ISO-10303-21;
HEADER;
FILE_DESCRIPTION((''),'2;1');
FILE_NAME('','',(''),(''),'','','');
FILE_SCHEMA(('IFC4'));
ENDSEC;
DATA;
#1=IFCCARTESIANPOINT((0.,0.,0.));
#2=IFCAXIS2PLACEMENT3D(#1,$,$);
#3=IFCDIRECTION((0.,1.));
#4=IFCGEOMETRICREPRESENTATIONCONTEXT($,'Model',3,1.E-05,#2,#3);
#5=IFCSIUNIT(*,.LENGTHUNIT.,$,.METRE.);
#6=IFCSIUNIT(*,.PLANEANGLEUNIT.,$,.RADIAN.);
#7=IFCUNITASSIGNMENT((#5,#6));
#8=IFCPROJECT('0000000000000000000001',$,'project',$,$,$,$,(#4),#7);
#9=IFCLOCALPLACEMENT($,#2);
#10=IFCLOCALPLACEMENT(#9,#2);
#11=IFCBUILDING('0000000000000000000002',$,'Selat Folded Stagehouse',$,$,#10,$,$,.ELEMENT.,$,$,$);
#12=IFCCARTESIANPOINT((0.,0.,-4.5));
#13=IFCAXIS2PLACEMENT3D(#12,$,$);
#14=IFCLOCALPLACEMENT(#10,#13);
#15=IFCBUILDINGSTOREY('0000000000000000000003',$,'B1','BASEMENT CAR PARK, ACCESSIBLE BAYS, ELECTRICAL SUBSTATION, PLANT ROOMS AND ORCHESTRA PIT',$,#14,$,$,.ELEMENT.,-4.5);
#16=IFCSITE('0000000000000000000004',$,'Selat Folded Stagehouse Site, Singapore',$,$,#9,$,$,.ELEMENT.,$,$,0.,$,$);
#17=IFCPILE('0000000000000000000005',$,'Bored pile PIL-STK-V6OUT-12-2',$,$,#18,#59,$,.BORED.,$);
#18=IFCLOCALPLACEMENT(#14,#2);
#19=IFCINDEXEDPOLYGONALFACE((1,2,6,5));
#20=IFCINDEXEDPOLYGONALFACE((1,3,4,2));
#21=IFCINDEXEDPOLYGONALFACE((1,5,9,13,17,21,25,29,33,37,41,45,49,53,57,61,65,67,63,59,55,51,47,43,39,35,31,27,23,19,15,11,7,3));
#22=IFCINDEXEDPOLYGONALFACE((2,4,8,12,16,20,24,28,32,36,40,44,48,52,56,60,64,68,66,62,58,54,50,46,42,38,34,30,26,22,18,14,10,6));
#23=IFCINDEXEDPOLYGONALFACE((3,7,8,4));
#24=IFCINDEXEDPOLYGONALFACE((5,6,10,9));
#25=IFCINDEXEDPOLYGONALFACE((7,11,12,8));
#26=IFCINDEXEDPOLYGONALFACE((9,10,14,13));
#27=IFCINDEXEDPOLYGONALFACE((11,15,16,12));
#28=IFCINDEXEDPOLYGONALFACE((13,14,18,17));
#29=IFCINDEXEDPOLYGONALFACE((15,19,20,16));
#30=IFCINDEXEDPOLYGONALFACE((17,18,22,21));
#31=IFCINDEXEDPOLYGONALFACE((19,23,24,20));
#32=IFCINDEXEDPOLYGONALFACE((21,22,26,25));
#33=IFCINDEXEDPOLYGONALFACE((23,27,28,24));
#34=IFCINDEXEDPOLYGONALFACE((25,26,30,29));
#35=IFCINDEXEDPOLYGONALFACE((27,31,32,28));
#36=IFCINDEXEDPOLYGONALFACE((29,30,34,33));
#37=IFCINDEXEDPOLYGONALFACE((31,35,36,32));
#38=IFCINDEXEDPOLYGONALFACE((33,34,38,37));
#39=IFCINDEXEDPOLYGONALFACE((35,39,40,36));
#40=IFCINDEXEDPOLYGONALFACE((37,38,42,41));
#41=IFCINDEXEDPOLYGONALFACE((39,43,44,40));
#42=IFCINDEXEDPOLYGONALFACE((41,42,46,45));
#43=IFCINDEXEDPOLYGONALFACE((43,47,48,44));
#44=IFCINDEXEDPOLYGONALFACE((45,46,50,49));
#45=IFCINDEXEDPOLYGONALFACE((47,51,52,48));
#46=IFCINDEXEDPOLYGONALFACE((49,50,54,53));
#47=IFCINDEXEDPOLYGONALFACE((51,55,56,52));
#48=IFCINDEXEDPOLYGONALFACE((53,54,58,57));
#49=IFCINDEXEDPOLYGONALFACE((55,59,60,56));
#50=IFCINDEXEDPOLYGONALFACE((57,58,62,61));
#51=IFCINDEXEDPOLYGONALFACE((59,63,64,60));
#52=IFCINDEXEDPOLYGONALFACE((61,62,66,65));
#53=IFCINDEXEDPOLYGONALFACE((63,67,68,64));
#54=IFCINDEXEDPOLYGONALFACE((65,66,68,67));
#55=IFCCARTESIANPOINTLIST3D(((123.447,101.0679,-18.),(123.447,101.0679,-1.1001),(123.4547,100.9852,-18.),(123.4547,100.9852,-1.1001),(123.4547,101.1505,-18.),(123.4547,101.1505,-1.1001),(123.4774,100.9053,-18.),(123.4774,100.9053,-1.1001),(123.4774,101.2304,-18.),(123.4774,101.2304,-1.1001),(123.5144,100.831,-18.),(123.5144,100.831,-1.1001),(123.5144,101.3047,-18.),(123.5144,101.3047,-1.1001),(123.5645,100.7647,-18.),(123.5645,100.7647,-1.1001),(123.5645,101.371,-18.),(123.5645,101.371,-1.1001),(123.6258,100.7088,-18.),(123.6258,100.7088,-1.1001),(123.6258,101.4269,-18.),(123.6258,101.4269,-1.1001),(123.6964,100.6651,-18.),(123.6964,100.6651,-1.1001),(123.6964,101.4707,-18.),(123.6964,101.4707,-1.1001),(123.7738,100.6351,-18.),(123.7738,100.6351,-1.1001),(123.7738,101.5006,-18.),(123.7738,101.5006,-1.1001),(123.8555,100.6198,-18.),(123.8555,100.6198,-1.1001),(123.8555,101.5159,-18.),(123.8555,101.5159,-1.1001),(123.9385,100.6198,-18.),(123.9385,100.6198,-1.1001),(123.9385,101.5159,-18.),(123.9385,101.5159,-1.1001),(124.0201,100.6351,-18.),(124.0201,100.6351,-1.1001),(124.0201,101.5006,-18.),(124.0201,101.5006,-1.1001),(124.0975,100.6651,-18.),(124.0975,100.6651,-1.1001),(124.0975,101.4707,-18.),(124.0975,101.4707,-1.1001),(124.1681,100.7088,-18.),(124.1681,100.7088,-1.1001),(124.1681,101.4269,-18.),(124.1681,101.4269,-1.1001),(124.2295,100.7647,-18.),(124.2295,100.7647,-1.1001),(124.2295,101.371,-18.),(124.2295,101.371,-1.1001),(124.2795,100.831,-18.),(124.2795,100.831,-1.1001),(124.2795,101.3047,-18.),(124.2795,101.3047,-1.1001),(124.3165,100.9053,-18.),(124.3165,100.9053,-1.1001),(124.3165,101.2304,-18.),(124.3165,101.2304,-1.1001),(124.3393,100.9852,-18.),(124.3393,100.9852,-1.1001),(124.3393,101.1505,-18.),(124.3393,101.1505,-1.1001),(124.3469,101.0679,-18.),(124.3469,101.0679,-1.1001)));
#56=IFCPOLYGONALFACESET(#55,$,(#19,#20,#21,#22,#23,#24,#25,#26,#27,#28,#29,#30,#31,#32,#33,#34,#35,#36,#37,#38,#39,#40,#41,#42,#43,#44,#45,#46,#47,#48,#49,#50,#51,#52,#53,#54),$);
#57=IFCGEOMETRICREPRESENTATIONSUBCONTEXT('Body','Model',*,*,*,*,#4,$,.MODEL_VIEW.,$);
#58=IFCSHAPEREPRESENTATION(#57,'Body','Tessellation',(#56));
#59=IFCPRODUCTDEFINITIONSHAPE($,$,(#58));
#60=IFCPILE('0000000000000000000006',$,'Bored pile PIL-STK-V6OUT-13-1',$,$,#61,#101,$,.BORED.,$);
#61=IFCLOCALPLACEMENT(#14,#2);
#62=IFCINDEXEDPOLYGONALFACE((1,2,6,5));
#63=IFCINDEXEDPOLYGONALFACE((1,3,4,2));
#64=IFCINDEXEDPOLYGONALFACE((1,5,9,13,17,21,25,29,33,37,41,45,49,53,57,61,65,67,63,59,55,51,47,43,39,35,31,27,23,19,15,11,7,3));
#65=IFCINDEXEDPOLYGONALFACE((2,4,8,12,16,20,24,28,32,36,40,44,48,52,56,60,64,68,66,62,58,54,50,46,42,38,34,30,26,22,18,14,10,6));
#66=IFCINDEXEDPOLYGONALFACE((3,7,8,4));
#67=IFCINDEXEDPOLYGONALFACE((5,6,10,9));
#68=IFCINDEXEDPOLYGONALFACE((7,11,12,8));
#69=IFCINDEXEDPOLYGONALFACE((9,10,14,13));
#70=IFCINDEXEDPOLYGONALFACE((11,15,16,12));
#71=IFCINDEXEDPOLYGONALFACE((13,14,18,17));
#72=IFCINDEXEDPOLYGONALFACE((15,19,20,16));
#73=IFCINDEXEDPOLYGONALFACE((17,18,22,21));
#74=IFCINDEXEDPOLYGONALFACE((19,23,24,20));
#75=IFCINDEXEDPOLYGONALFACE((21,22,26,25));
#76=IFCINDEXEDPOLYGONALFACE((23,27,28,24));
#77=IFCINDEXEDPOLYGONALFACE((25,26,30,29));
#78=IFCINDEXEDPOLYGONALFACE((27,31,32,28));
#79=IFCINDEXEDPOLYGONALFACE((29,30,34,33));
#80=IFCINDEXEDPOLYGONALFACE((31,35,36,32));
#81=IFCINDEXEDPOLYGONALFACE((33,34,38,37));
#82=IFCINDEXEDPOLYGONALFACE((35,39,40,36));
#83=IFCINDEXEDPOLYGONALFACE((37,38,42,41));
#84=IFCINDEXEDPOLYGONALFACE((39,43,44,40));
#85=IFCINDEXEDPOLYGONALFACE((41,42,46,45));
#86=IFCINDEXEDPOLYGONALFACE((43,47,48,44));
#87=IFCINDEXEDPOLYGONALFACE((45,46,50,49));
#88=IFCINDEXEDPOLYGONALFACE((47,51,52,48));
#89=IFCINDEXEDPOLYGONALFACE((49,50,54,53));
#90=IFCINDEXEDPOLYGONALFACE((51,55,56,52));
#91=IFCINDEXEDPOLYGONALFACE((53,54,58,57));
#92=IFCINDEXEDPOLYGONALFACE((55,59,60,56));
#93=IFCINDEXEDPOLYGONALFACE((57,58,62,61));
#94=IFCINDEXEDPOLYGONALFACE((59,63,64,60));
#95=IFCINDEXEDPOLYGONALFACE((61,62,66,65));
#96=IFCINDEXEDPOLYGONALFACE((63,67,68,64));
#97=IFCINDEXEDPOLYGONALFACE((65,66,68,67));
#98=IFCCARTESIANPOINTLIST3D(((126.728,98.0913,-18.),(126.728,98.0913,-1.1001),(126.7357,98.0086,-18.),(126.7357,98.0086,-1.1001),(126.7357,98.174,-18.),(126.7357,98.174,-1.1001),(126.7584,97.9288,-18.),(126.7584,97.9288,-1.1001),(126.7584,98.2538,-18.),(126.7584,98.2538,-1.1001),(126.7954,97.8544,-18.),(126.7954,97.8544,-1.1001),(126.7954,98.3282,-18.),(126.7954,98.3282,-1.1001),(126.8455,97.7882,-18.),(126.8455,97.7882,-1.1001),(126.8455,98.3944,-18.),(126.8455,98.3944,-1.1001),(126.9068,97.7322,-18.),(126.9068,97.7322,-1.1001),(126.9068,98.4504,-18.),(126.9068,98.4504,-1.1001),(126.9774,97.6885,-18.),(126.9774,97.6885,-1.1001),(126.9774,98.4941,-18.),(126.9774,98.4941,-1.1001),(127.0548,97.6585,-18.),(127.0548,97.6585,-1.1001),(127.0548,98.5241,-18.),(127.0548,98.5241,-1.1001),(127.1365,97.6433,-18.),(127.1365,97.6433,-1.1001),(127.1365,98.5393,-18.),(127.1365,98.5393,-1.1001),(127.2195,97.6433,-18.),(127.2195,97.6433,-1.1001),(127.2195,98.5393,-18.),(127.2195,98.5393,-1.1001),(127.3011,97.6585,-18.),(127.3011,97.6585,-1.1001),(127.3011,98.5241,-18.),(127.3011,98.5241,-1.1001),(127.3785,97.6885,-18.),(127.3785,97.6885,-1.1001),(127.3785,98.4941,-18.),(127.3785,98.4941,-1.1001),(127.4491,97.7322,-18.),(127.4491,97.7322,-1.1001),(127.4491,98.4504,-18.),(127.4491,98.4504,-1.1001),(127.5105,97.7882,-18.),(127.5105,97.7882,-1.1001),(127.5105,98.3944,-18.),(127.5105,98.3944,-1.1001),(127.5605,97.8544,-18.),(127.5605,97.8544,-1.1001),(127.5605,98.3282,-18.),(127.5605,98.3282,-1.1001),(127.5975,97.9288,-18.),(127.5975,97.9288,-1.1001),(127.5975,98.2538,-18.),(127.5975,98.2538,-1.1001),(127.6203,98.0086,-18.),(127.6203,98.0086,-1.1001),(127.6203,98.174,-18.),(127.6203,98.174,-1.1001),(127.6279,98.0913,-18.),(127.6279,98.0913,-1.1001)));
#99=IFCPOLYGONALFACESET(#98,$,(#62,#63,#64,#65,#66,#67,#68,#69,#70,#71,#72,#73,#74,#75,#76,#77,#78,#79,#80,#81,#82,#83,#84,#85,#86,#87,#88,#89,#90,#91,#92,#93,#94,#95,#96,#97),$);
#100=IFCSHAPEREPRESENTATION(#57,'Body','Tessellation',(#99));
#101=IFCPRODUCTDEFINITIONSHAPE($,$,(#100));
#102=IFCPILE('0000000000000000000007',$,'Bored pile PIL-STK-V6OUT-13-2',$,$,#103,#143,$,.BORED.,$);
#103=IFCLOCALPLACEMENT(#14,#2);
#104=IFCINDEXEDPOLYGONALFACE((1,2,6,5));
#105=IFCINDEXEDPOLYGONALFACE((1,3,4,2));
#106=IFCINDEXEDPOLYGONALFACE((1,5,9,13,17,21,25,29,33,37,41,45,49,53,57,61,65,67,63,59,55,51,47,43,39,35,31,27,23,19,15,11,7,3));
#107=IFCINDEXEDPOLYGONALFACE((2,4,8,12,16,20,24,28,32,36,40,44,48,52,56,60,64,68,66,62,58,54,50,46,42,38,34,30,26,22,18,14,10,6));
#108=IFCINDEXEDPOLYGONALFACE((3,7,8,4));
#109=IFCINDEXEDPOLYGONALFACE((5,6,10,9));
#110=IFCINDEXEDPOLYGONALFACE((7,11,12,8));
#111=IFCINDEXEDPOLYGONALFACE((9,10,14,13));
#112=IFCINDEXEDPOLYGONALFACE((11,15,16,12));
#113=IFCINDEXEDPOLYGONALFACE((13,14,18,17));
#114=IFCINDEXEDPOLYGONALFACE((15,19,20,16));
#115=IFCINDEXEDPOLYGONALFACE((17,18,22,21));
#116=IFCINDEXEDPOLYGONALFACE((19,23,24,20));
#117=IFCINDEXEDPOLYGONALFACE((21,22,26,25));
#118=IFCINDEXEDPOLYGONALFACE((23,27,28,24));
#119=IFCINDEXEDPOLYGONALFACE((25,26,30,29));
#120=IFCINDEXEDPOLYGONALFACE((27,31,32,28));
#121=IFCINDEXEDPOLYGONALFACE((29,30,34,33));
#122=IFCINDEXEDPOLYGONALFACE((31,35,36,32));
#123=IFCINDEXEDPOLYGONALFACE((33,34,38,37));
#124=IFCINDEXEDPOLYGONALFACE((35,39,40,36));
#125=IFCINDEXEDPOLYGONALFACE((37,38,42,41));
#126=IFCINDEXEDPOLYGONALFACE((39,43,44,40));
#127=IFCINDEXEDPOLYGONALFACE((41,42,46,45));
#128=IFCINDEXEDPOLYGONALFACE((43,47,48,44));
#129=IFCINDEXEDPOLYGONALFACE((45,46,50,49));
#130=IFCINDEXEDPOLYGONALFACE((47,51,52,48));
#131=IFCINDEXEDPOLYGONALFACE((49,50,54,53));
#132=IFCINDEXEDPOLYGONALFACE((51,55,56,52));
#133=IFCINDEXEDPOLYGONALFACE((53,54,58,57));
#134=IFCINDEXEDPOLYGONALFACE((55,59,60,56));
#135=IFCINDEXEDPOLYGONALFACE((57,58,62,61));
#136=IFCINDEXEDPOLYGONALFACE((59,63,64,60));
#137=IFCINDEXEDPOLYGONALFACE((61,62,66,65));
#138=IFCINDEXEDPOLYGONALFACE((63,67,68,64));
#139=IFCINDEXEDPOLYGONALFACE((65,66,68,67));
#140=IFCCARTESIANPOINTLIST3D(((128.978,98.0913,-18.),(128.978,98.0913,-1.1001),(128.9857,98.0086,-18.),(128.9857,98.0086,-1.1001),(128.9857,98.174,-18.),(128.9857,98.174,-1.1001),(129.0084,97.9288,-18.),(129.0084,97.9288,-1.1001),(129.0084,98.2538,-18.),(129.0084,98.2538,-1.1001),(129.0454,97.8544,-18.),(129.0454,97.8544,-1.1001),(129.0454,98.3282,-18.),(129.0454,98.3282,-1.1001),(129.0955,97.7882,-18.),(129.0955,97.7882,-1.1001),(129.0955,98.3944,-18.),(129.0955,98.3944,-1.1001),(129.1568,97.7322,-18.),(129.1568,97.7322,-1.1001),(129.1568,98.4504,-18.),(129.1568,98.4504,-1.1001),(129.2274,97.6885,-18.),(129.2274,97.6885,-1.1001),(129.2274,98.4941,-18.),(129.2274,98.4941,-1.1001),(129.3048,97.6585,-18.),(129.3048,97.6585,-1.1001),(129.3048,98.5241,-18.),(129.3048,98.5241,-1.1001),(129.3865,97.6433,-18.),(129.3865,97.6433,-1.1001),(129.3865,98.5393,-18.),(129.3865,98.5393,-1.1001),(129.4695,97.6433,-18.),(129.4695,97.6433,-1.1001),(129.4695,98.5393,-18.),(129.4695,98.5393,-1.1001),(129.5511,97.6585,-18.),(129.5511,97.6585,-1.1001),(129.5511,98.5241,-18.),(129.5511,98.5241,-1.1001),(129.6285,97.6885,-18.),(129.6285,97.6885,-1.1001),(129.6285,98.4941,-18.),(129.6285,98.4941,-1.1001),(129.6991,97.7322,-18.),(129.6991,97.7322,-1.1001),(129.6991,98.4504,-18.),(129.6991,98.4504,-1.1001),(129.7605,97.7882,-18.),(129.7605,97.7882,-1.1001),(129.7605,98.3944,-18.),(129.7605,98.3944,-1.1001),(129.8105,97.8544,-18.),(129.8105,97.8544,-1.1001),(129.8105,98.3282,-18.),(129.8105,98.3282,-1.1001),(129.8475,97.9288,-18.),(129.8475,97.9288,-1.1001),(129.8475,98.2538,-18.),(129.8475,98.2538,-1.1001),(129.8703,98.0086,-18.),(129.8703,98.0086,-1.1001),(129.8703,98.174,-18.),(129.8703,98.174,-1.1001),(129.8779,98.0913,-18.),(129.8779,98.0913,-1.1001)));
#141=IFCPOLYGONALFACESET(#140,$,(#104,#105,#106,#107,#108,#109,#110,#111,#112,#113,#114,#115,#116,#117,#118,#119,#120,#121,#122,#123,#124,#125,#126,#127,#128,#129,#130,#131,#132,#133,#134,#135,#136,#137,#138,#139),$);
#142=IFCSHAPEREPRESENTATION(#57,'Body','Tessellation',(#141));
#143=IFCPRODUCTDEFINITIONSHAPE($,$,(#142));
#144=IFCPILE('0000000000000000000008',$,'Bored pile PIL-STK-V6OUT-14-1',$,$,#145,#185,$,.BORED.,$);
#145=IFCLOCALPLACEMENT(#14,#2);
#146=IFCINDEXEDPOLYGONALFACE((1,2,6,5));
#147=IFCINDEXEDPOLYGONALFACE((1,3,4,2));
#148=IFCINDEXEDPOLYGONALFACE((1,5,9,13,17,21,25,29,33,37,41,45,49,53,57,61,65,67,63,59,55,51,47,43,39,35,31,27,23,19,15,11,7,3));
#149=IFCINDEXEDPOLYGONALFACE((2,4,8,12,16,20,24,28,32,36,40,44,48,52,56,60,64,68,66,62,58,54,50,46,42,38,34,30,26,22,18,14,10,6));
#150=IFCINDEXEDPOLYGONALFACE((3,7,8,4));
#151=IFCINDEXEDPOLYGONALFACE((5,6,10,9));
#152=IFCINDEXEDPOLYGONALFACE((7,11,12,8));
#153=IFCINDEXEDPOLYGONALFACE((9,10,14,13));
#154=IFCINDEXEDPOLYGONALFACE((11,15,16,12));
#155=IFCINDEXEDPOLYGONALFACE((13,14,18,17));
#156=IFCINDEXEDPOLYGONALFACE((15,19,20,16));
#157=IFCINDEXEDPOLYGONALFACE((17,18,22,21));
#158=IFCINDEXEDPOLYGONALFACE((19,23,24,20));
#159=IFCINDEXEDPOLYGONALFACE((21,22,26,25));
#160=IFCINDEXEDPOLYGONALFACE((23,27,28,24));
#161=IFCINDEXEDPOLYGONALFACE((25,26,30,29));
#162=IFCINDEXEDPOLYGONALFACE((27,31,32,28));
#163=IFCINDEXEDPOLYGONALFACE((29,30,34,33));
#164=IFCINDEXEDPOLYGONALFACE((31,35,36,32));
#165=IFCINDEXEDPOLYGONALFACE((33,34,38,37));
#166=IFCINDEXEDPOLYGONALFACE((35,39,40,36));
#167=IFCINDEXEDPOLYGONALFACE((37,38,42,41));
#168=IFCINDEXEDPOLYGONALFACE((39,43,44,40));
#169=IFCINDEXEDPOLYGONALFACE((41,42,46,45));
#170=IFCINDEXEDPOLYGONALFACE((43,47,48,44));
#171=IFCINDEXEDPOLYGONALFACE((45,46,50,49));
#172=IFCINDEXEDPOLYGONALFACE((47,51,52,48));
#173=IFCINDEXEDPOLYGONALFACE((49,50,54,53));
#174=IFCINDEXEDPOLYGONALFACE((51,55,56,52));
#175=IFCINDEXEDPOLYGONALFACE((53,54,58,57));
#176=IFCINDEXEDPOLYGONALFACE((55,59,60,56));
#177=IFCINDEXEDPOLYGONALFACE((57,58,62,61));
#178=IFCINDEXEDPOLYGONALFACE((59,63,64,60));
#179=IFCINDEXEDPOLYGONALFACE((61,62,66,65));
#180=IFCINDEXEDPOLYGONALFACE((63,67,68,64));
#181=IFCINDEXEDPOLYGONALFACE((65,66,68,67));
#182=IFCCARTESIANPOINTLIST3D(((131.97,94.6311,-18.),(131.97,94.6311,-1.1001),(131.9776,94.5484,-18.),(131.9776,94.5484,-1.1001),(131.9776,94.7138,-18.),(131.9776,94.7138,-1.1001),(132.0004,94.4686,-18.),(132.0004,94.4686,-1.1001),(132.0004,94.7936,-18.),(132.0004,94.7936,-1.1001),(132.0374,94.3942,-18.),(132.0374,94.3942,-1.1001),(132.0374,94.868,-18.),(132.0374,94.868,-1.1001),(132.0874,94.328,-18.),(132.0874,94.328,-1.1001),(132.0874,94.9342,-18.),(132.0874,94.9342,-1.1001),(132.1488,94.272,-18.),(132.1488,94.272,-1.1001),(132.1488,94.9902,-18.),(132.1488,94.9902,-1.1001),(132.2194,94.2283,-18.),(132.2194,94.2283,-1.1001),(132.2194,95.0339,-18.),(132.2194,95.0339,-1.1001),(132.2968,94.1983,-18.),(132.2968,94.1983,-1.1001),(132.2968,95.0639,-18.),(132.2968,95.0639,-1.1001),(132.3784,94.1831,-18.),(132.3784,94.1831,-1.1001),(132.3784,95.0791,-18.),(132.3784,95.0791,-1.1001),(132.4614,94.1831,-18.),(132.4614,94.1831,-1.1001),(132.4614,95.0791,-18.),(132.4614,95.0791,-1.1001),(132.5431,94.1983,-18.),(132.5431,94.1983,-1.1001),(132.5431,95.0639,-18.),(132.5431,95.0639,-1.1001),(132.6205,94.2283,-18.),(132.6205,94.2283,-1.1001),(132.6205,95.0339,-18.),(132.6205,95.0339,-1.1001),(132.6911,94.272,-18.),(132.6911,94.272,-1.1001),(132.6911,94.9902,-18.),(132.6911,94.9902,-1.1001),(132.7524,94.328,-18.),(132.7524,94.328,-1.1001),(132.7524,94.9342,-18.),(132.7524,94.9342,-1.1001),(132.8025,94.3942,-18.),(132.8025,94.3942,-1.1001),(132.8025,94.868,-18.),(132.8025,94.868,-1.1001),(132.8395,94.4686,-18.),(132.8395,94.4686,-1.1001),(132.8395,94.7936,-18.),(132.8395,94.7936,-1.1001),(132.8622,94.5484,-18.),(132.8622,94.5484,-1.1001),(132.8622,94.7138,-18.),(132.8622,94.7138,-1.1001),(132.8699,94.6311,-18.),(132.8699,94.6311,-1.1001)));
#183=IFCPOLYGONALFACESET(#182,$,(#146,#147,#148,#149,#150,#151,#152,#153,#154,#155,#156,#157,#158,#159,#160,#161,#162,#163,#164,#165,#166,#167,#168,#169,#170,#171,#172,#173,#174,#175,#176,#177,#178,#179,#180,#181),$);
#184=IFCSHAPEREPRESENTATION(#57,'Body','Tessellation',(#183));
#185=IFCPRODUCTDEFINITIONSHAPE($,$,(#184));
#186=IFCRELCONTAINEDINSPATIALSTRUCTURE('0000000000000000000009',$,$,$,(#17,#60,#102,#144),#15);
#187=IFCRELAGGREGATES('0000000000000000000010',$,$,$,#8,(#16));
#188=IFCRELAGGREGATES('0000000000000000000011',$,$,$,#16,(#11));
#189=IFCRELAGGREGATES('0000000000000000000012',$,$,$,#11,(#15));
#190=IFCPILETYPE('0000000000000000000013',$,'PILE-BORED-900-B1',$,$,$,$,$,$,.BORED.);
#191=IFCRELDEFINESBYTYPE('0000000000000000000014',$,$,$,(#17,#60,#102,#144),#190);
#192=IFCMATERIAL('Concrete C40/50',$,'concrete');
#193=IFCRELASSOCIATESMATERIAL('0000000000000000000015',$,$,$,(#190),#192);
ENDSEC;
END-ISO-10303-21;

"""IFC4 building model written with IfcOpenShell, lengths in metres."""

from ifc_helpers import new_model, si_unit, direction, frame, origin, origin_2d, place, context, subcontext, project, spatial, circle, extrude, material, material_profile, profile_set, type_object, element, save


model = new_model("IFC4")

# Units and contexts
model_context = context("Model", 3, precision=1e-05, world=origin(), true_north=direction((0.0, 1.0)))
body_context = subcontext(model_context, "Body", "Model", "MODEL_VIEW")
ifc_project = project(units=[si_unit("LENGTHUNIT", "METRE"), si_unit("PLANEANGLEUNIT", "RADIAN")], contexts=[model_context])

# Site, building, storey
site_placement = place(None, origin())
site = spatial("IfcSite", under=ifc_project, at=site_placement, Name="Selat Folded Stagehouse Site, Singapore", CompositionType="ELEMENT", RefElevation=0.0)
building_placement = place(site_placement, origin())
building = spatial("IfcBuilding", under=site, at=building_placement, Name="Selat Folded Stagehouse", CompositionType="ELEMENT")
storey_placement = place(building_placement, frame((0.0, 0.0, -4.5)))
storey = spatial("IfcBuildingStorey", under=building, at=storey_placement, Name="B1", Description="BASEMENT CAR PARK, ACCESSIBLE BAYS, ELECTRICAL SUBSTATION, PLANT ROOMS AND ORCHESTRA PIT", CompositionType="ELEMENT", Elevation=-4.5)

# Shared definitions
ifc_material_1 = material(Name="Concrete C40/50", Category="concrete")

# Piles
ifc_material_profile_1 = material_profile(ifc_material_1, circle(Radius=0.45, at=origin_2d()), Name="PILE D900")
ifc_profile_set_1 = profile_set([ifc_material_profile_1], Name="Concrete C40/50")
pile_type = type_object("IfcPileType", Name="PILE-BORED-900-B1", PredefinedType="BORED", material=ifc_profile_set_1)
for number, where, z_axis, x_axis, name in (
    (1, (123.897, 101.0679, -1.1001), (0.0, 0.0, -1.0), (1.0, 0.0, 0.0), "Bored pile PIL-STK-V6OUT-12-2"),
    (2, (127.178, 98.0913, -1.1001), (0.0, 0.0, -1.0), (1.0, 0.0, 0.0), "Bored pile PIL-STK-V6OUT-13-1"),
    (3, (129.428, 98.0913, -1.1001), (0.0, 0.0, -1.0), (1.0, 0.0, 0.0), "Bored pile PIL-STK-V6OUT-13-2"),
    (4, (132.4199, 94.6311, -1.1001), (0.0, 0.0, -1.0), (1.0, 0.0, 0.0), "Bored pile PIL-STK-V6OUT-14-1"),
):
    element("IfcPile", number, at=place(storey_placement, frame(where, z_axis=z_axis, x_axis=x_axis)), inside=storey, type_object=pile_type, Name=name, PredefinedType="BORED", context=body_context, shape_type="SweptSolid", body=[
        extrude(circle(Radius=0.45, at=origin_2d()), origin(), (0.0, 0.0, 1.0), 16.8999),
    ])

save(model, "model.ifc")
